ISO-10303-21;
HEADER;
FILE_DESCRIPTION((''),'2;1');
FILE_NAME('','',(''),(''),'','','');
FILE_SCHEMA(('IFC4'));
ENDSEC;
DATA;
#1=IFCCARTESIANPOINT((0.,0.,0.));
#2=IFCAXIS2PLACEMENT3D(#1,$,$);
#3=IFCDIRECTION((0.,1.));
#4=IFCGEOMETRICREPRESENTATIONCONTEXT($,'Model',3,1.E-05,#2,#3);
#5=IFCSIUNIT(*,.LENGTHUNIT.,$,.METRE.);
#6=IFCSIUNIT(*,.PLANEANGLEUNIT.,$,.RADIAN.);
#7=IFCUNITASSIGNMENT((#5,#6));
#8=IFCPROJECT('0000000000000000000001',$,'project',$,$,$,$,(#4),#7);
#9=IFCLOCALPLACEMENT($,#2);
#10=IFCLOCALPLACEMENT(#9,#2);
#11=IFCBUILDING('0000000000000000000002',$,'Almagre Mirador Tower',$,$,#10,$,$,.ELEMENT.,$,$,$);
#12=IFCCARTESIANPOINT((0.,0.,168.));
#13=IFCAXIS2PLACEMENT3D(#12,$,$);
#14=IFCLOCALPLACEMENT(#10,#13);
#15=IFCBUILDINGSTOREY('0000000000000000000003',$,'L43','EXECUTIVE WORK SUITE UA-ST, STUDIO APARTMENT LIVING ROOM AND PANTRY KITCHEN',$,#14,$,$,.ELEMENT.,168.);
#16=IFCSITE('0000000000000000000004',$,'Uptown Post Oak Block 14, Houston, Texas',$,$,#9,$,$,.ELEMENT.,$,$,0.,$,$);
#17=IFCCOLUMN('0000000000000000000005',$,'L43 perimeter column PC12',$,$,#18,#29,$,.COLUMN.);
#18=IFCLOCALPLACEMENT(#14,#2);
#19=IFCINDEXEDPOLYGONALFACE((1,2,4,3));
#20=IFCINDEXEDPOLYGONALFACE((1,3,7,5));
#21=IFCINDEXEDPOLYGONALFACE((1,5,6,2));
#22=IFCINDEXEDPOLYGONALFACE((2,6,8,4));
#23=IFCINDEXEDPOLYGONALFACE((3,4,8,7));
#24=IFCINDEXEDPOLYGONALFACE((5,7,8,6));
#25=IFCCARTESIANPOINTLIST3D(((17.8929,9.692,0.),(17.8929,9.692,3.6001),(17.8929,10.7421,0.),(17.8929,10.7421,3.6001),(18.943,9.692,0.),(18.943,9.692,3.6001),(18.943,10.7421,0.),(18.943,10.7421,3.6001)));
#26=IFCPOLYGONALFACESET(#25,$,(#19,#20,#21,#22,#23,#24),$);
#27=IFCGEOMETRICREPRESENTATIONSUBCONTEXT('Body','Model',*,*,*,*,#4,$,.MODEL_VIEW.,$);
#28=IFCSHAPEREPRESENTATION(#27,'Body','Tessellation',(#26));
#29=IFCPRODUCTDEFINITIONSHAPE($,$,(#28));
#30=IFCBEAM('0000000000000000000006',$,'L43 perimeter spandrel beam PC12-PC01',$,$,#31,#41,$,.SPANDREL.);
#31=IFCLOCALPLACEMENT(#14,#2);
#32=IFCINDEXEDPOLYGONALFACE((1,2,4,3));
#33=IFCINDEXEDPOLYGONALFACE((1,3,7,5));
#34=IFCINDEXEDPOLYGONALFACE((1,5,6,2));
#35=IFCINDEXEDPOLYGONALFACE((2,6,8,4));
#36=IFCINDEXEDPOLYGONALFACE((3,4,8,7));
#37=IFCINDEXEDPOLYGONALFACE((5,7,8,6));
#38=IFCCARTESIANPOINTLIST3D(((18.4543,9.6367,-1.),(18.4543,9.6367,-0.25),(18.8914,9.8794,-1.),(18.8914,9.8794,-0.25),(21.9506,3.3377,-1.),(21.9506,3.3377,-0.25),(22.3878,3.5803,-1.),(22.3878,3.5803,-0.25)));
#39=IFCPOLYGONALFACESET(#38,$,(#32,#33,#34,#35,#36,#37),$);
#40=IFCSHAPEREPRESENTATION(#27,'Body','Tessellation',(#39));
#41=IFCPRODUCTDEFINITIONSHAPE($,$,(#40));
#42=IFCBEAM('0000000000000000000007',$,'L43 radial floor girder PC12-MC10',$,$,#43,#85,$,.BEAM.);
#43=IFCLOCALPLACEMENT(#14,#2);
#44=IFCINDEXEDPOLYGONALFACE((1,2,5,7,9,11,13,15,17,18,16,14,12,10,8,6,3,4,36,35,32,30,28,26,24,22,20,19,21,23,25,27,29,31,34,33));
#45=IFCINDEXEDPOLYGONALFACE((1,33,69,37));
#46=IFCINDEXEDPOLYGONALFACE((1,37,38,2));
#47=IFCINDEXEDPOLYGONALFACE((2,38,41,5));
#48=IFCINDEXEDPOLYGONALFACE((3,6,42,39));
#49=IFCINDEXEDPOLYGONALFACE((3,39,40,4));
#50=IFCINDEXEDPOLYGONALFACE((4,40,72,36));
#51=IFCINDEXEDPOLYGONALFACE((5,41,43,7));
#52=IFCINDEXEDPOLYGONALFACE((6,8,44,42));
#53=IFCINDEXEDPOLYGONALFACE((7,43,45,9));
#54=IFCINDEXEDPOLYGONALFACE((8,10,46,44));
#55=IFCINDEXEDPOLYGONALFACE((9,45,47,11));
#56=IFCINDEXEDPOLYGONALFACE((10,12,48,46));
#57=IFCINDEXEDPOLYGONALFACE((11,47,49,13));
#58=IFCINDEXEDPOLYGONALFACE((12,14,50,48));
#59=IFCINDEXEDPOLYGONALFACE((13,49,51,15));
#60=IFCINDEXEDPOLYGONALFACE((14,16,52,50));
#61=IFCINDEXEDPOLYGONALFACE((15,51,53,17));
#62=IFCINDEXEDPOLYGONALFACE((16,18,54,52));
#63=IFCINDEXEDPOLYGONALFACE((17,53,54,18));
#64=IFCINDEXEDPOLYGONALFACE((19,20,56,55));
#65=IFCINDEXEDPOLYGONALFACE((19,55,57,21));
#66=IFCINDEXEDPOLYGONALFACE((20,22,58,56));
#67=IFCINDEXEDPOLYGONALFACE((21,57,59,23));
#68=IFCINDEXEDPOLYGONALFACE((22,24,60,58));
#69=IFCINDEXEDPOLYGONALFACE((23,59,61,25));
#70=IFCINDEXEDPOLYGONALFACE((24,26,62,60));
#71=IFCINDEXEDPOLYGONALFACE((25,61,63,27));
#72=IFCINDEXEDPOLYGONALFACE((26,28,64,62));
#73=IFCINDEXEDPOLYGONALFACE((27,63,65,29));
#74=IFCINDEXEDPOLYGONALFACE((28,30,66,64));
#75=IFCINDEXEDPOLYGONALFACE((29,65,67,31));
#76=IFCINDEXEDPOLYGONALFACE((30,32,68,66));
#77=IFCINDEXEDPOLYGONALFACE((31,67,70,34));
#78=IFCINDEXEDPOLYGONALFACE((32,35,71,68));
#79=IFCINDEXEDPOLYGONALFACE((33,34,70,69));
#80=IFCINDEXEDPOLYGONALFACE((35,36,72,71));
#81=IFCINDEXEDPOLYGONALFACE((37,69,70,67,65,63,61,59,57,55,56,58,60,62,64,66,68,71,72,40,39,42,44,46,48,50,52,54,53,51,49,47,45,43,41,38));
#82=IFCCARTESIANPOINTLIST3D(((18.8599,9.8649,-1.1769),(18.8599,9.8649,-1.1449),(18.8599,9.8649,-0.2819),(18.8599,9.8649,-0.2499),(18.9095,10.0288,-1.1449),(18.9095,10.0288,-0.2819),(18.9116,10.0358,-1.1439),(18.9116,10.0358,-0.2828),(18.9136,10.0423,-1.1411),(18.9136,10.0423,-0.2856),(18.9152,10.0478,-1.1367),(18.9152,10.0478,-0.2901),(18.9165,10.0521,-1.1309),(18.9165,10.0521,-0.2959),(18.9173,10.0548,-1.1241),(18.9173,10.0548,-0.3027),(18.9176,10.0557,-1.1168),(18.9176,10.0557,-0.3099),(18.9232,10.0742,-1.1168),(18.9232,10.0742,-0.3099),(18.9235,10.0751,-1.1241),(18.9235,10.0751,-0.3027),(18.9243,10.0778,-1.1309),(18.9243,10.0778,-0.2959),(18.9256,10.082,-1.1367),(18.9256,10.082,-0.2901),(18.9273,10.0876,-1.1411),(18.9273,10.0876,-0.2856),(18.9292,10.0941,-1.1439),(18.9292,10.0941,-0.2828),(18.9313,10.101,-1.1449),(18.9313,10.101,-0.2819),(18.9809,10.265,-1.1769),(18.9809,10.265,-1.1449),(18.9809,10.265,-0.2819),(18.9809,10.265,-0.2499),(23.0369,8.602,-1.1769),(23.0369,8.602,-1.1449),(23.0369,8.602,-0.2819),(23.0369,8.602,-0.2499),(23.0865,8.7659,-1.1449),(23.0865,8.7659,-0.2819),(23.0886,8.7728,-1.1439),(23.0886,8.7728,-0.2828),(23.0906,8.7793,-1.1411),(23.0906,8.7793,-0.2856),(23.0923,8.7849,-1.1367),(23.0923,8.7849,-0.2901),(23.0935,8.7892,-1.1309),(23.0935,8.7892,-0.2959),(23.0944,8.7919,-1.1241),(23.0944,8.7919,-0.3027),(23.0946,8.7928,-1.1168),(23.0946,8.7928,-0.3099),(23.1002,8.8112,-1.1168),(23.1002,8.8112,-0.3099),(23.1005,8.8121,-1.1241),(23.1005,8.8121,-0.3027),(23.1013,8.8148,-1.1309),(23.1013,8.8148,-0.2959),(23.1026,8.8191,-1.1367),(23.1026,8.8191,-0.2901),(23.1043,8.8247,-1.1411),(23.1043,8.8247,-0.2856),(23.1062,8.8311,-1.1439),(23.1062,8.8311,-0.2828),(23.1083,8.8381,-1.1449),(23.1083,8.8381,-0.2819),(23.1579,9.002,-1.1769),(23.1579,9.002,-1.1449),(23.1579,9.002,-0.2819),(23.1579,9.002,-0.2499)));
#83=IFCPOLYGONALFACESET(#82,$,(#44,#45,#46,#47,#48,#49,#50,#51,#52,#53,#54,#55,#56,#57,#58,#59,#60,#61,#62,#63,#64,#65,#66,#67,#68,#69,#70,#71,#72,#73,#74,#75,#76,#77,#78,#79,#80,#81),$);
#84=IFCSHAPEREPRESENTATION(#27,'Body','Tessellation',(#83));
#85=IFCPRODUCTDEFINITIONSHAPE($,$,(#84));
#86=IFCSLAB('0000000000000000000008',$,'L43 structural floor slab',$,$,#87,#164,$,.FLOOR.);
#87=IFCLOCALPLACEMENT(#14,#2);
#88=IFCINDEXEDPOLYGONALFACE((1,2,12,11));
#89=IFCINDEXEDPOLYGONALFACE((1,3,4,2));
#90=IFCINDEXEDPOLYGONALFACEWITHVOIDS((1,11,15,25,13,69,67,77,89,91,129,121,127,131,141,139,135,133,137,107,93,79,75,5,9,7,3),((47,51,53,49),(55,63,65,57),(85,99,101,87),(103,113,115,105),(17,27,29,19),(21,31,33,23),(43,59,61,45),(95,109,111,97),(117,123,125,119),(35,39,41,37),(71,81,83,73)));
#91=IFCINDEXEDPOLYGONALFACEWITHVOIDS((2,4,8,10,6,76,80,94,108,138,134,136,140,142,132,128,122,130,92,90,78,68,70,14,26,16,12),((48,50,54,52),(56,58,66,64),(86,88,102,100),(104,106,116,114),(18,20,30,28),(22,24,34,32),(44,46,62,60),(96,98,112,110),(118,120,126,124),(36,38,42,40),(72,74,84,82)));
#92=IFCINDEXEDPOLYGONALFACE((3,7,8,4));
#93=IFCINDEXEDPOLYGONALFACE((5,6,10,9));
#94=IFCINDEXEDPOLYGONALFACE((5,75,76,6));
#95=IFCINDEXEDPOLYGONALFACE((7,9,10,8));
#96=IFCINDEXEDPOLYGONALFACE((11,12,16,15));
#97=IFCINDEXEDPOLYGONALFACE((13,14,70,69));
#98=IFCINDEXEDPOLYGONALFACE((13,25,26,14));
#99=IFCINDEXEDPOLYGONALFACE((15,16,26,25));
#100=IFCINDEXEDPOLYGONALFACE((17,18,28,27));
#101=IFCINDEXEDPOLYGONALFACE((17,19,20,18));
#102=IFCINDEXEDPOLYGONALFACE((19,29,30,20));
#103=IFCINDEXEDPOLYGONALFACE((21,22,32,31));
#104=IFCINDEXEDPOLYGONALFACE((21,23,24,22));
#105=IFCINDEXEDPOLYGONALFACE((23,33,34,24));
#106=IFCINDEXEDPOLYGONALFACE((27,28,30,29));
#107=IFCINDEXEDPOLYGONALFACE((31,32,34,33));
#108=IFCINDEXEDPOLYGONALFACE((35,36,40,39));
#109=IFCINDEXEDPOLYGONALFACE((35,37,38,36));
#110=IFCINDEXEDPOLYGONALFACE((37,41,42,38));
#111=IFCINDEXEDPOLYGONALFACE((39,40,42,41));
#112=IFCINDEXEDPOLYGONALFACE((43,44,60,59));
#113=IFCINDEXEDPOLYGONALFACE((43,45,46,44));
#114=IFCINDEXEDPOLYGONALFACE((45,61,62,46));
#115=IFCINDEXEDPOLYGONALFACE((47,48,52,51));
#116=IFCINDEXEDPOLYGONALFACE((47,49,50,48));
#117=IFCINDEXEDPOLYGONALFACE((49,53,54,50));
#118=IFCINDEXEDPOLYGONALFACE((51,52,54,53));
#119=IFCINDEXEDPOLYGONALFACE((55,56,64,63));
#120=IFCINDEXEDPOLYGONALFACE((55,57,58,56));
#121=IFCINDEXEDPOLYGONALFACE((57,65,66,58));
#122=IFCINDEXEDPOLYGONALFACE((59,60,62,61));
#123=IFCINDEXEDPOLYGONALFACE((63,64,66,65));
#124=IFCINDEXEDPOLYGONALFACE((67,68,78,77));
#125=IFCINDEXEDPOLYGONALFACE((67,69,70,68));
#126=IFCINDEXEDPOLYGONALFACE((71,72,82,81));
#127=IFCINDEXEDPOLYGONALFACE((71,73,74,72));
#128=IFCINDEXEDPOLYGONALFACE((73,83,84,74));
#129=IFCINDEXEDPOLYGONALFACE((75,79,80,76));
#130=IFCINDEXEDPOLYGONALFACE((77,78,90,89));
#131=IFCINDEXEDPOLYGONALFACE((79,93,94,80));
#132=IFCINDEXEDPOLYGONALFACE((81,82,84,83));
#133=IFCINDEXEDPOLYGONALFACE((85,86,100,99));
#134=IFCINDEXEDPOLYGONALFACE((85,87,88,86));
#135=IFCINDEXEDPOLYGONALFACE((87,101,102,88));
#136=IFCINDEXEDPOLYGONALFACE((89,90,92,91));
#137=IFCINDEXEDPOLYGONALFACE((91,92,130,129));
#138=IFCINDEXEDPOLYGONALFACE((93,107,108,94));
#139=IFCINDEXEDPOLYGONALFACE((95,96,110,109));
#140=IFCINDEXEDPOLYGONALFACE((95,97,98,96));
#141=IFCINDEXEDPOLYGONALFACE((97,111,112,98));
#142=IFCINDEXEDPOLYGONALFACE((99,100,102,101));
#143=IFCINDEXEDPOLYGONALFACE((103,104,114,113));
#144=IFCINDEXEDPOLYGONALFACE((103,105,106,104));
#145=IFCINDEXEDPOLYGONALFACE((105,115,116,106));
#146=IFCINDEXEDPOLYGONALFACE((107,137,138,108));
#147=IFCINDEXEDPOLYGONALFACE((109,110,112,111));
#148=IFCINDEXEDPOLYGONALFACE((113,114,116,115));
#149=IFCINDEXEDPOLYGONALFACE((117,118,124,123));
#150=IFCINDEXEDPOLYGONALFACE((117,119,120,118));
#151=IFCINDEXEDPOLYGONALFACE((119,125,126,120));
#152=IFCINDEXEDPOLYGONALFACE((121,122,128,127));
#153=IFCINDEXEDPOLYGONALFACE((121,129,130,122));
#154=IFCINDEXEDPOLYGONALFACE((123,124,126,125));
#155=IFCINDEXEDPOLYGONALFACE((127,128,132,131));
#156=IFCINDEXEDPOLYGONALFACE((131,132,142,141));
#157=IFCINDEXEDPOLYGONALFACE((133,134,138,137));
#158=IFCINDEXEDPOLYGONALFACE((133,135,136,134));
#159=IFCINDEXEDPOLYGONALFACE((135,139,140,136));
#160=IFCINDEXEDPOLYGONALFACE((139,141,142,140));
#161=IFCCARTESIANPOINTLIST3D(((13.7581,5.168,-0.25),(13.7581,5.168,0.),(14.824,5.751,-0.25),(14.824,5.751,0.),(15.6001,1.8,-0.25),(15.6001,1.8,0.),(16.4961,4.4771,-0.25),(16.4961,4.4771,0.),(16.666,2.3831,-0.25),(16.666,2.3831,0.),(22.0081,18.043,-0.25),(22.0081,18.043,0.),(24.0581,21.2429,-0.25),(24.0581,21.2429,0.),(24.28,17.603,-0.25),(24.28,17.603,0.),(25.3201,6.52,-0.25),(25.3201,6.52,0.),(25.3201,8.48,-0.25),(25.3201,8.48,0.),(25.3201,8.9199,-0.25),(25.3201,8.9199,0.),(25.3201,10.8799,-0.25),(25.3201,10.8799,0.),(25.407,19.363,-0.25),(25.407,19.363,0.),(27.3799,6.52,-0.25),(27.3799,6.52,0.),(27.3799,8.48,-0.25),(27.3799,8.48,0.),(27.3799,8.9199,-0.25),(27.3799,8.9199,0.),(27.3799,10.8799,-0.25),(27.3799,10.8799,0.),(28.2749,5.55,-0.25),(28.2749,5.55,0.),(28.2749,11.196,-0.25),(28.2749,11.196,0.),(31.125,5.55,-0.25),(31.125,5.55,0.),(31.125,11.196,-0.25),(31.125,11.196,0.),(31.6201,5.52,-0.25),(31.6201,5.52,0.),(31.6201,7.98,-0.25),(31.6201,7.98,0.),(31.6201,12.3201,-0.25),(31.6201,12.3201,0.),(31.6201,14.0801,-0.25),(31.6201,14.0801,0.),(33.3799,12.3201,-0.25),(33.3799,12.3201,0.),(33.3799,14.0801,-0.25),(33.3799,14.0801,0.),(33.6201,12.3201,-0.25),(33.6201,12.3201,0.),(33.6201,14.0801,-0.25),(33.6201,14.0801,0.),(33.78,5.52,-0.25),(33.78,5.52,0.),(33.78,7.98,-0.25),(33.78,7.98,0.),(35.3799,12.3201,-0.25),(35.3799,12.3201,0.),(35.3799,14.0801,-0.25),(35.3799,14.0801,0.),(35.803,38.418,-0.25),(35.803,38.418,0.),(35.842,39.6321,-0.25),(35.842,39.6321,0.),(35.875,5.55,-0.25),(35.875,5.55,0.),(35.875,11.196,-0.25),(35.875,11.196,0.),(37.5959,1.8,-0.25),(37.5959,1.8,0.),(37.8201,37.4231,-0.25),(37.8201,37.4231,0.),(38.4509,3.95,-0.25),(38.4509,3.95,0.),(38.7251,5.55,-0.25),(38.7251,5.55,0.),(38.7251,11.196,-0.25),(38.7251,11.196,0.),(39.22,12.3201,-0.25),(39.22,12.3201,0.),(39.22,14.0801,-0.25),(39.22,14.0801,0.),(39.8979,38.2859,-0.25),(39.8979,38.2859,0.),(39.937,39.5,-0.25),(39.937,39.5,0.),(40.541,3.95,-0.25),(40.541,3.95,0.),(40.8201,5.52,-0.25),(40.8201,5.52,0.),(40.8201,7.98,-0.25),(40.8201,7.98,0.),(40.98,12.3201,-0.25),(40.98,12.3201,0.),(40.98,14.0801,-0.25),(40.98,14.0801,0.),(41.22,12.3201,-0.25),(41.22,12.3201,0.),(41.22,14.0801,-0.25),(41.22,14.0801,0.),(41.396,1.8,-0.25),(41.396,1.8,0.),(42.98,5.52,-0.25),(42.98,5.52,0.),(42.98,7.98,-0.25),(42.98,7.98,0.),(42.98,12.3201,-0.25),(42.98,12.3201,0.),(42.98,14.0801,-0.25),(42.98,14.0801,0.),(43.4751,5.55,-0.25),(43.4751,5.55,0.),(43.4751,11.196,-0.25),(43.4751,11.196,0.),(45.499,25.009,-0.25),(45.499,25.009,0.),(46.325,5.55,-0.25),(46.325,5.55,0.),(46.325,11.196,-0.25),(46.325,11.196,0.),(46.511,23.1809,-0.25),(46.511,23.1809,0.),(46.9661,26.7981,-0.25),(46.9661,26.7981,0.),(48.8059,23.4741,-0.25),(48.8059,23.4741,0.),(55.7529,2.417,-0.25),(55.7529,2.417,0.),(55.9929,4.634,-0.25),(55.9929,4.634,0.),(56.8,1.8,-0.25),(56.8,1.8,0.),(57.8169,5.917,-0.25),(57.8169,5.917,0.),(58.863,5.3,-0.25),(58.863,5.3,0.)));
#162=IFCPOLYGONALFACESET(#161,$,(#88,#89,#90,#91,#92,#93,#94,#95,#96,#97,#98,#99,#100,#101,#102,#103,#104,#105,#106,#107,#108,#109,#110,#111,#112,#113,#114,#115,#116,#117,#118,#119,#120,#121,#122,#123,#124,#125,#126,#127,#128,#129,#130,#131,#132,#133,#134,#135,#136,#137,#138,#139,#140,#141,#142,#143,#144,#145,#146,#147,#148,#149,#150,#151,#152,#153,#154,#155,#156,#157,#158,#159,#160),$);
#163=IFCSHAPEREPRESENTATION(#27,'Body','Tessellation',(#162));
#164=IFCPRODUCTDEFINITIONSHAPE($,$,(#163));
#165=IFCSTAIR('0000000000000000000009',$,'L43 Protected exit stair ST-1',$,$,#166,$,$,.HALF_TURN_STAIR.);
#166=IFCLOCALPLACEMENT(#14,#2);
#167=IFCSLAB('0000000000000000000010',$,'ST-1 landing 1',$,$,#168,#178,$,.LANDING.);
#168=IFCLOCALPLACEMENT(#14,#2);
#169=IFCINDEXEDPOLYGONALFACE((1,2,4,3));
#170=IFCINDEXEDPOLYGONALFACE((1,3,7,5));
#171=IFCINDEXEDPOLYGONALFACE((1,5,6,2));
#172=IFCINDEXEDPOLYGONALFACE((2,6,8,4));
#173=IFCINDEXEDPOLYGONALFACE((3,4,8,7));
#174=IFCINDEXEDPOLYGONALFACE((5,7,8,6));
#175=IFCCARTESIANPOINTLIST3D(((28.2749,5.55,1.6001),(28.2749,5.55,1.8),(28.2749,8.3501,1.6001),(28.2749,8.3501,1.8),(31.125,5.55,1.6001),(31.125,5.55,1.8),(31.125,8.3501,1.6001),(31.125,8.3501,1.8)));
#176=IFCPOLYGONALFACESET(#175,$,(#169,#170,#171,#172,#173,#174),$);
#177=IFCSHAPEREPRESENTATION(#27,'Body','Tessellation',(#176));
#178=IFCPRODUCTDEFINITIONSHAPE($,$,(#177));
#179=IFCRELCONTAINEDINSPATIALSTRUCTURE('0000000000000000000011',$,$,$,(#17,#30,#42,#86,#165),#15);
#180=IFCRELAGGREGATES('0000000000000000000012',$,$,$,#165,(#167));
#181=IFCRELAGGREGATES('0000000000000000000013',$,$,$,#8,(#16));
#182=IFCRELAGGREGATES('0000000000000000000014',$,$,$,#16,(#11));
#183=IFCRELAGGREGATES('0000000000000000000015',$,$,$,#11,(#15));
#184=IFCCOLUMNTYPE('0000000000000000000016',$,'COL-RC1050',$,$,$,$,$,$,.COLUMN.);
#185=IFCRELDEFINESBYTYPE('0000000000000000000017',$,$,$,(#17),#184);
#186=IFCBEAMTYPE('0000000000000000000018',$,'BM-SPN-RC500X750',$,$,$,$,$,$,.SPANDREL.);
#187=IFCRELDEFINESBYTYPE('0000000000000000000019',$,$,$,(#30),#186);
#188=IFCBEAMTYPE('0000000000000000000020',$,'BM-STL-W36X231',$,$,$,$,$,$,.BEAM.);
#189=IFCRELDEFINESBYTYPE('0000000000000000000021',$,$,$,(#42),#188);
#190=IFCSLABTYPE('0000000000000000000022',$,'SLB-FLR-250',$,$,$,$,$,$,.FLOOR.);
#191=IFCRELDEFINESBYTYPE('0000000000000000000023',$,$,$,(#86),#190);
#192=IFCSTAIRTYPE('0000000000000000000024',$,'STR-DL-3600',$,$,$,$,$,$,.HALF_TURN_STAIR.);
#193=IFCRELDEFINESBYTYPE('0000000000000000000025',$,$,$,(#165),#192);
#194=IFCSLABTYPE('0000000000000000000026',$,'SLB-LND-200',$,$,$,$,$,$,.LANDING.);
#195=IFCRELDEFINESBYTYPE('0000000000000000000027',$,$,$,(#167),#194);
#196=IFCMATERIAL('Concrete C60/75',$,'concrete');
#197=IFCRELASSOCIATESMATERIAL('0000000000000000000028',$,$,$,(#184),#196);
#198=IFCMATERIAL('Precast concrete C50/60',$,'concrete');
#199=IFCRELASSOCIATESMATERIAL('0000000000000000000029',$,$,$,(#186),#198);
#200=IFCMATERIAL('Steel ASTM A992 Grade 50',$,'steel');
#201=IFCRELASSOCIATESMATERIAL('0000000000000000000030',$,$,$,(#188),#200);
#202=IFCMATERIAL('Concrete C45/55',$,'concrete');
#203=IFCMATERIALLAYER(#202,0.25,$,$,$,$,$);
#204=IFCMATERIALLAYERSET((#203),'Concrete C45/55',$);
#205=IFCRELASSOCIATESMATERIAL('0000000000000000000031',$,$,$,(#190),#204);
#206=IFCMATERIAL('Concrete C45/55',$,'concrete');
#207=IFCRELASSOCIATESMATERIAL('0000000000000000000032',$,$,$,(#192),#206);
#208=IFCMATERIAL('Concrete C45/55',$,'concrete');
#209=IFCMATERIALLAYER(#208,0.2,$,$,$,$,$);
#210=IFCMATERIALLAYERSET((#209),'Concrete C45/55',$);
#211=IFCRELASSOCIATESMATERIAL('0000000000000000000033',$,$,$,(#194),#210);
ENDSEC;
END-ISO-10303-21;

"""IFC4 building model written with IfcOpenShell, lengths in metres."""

from ifc_helpers import new_model, si_unit, direction, frame, origin, origin_2d, place, context, subcontext, project, spatial, polyline, rectangle, i_section, outline, extrude, material, layer, layer_set, material_profile, profile_set, type_object, element, aggregate, save


model = new_model("IFC4")

# Units and contexts
model_context = context("Model", 3, precision=1e-05, world=origin(), true_north=direction((0.0, 1.0)))
body_context = subcontext(model_context, "Body", "Model", "MODEL_VIEW")
ifc_project = project(units=[si_unit("LENGTHUNIT", "METRE"), si_unit("PLANEANGLEUNIT", "RADIAN")], contexts=[model_context])

# Site, building, storey
site_placement = place(None, origin())
site = spatial("IfcSite", under=ifc_project, at=site_placement, Name="Uptown Post Oak Block 14, Houston, Texas", CompositionType="ELEMENT", RefElevation=0.0)
building_placement = place(site_placement, origin())
building = spatial("IfcBuilding", under=site, at=building_placement, Name="Almagre Mirador Tower", CompositionType="ELEMENT")
storey_placement = place(building_placement, frame((0.0, 0.0, 168.0)))
storey = spatial("IfcBuildingStorey", under=building, at=storey_placement, Name="L43", Description="EXECUTIVE WORK SUITE UA-ST, STUDIO APARTMENT LIVING ROOM AND PANTRY KITCHEN", CompositionType="ELEMENT", Elevation=168.0)

# Column
ifc_material_1 = material(Name="Concrete C60/75", Category="concrete")
ifc_material_profile_1 = material_profile(ifc_material_1, rectangle(XDim=1.05, YDim=1.05, at=origin_2d()), Name="RC1050X1050")
ifc_profile_set_1 = profile_set([ifc_material_profile_1], Name="Concrete C60/75")
column_type = type_object("IfcColumnType", Name="COL-RC1050", PredefinedType="COLUMN", material=ifc_profile_set_1)
column_placement = place(storey_placement, frame((18.418, 10.217, 0.0), z_axis=(0.0, 0.0, 1.0), x_axis=(1.0, 0.0, 0.0)))
element("IfcColumn", 1, at=column_placement, inside=storey, type_object=column_type, Name="L43 perimeter column PC12", PredefinedType="COLUMN", context=body_context, shape_type="SweptSolid", body=[
    extrude(rectangle(XDim=1.05, YDim=1.05, at=origin_2d()), origin(), (0.0, 0.0, 1.0), 3.6001),
])

# Beams
ifc_material_2 = material(Name="Precast concrete C50/60", Category="concrete")
ifc_material_profile_2 = material_profile(ifc_material_2, rectangle(XDim=0.5, YDim=0.75, at=origin_2d()), Name="RC500X750")
ifc_profile_set_2 = profile_set([ifc_material_profile_2], Name="Precast concrete C50/60")
beam_type_1 = type_object("IfcBeamType", Name="BM-SPN-RC500X750", PredefinedType="SPANDREL", material=ifc_profile_set_2)
beam_1_placement = place(storey_placement, frame((18.6729, 9.7581, -0.625), z_axis=(0.485309, -0.874343, 0.0), x_axis=(0.874343, 0.485309, 0.0)))
element("IfcBeam", 2, at=beam_1_placement, inside=storey, type_object=beam_type_1, Name="L43 perimeter spandrel beam PC12-PC01", PredefinedType="SPANDREL", context=body_context, shape_type="SweptSolid", body=[
    extrude(rectangle(XDim=0.5, YDim=0.75, at=origin_2d()), origin(), (0.0, 0.0, 1.0), 7.2043),
])
ifc_material_3 = material(Name="Steel ASTM A992 Grade 50", Category="steel")
ifc_material_profile_3 = material_profile(ifc_material_3, i_section(OverallWidth=0.418, OverallDepth=0.927, WebThickness=0.0193, FlangeThickness=0.032, FilletRadius=0.0281, at=origin_2d()), Name="W36X231")
ifc_profile_set_3 = profile_set([ifc_material_profile_3], Name="Steel ASTM A992 Grade 50")
beam_type_2 = type_object("IfcBeamType", Name="BM-STL-W36X231", PredefinedType="BEAM", material=ifc_profile_set_3)
beam_2_placement = place(storey_placement, frame((18.9204, 10.0649, -0.7134), z_axis=(0.957203, -0.289416, 0.0), x_axis=(0.289416, 0.957203, 0.0)))
element("IfcBeam", 3, at=beam_2_placement, inside=storey, type_object=beam_type_2, Name="L43 radial floor girder PC12-MC10", PredefinedType="BEAM", context=body_context, shape_type="SweptSolid", body=[
    extrude(i_section(OverallWidth=0.418, OverallDepth=0.927, WebThickness=0.0193, FlangeThickness=0.032, FilletRadius=0.0281, at=origin_2d()), origin(), (0.0, 0.0, 1.0), 4.3638),
])

# Slab
ifc_material_4 = material(Name="Concrete C45/55", Category="concrete")
ifc_layer_1 = layer(ifc_material_4, 0.25)
ifc_layer_set_1 = layer_set([ifc_layer_1], Name="Concrete C45/55")
slab_type_1 = type_object("IfcSlabType", Name="SLB-FLR-250", PredefinedType="FLOOR", material=ifc_layer_set_1)
slab_1_placement = place(storey_placement, frame((0.0, 0.0, -0.25)))
element("IfcSlab", 4, at=slab_1_placement, inside=storey, type_object=slab_type_1, Name="L43 structural floor slab", PredefinedType="FLOOR", context=body_context, shape_type="SweptSolid", body=[
    extrude(outline(polyline([(13.7581, 5.168), (14.824, 5.751), (16.4961, 4.4771), (16.666, 2.3831), (15.6001, 1.8), (37.5959, 1.8), (38.4509, 3.95), (40.541, 3.95), (41.396, 1.8), (56.8, 1.8), (55.7529, 2.417), (55.9929, 4.634), (57.8169, 5.917), (58.863, 5.3), (48.8059, 23.4741), (46.511, 23.1809), (45.499, 25.009), (46.9661, 26.7981), (39.937, 39.5), (39.8979, 38.2859), (37.8201, 37.4231), (35.803, 38.418), (35.842, 39.6321), (24.0581, 21.2429), (25.407, 19.363), (24.28, 17.603), (22.0081, 18.043), (13.7581, 5.168)]), holes=[polyline([(43.4751, 5.55), (43.4751, 11.196), (46.325, 11.196), (46.325, 5.55), (43.4751, 5.55)]), polyline([(40.8201, 5.52), (40.8201, 7.98), (42.98, 7.98), (42.98, 5.52), (40.8201, 5.52)]), polyline([(41.22, 12.3201), (41.22, 14.0801), (42.98, 14.0801), (42.98, 12.3201), (41.22, 12.3201)]), polyline([(39.22, 12.3201), (39.22, 14.0801), (40.98, 14.0801), (40.98, 12.3201), (39.22, 12.3201)]), polyline([(35.875, 11.196), (38.7251, 11.196), (38.7251, 5.55), (35.875, 5.55), (35.875, 11.196)]), polyline([(35.3799, 12.3201), (33.6201, 12.3201), (33.6201, 14.0801), (35.3799, 14.0801), (35.3799, 12.3201)]), polyline([(33.78, 5.52), (31.6201, 5.52), (31.6201, 7.98), (33.78, 7.98), (33.78, 5.52)]), polyline([(31.6201, 12.3201), (31.6201, 14.0801), (33.3799, 14.0801), (33.3799, 12.3201), (31.6201, 12.3201)]), polyline([(28.2749, 5.55), (28.2749, 11.196), (31.125, 11.196), (31.125, 5.55), (28.2749, 5.55)]), polyline([(25.3201, 8.9199), (25.3201, 10.8799), (27.3799, 10.8799), (27.3799, 8.9199), (25.3201, 8.9199)]), polyline([(27.3799, 6.52), (25.3201, 6.52), (25.3201, 8.48), (27.3799, 8.48), (27.3799, 6.52)])]), origin(), (0.0, 0.0, 1.0), 0.25),
])

# Stair, slab
ifc_material_5 = material(Name="Concrete C45/55", Category="concrete")
stair_type = type_object("IfcStairType", Name="STR-DL-3600", PredefinedType="HALF_TURN_STAIR", material=ifc_material_5)
stair_1_placement = place(storey_placement, origin())
stair_1 = element("IfcStair", 5, at=stair_1_placement, inside=storey, type_object=stair_type, Name="L43 Protected exit stair ST-1", PredefinedType="HALF_TURN_STAIR")
ifc_material_6 = material(Name="Concrete C45/55", Category="concrete")
ifc_layer_2 = layer(ifc_material_6, 0.2)
ifc_layer_set_2 = layer_set([ifc_layer_2], Name="Concrete C45/55")
slab_type_2 = type_object("IfcSlabType", Name="SLB-LND-200", PredefinedType="LANDING", material=ifc_layer_set_2)
slab_2_placement = place(storey_placement, frame((0.0, 0.0, 1.6001)))
slab_2 = element("IfcSlab", 6, at=slab_2_placement, type_object=slab_type_2, Name="ST-1 landing 1", PredefinedType="LANDING", context=body_context, shape_type="SweptSolid", body=[
    extrude(outline(polyline([(28.2749, 8.3501), (28.2749, 5.55), (31.125, 5.55), (31.125, 8.3501), (28.2749, 8.3501)])), origin(), (0.0, 0.0, 1.0), 0.2),
])
aggregate(stair_1, [slab_2])

save(model, "model.ifc")
